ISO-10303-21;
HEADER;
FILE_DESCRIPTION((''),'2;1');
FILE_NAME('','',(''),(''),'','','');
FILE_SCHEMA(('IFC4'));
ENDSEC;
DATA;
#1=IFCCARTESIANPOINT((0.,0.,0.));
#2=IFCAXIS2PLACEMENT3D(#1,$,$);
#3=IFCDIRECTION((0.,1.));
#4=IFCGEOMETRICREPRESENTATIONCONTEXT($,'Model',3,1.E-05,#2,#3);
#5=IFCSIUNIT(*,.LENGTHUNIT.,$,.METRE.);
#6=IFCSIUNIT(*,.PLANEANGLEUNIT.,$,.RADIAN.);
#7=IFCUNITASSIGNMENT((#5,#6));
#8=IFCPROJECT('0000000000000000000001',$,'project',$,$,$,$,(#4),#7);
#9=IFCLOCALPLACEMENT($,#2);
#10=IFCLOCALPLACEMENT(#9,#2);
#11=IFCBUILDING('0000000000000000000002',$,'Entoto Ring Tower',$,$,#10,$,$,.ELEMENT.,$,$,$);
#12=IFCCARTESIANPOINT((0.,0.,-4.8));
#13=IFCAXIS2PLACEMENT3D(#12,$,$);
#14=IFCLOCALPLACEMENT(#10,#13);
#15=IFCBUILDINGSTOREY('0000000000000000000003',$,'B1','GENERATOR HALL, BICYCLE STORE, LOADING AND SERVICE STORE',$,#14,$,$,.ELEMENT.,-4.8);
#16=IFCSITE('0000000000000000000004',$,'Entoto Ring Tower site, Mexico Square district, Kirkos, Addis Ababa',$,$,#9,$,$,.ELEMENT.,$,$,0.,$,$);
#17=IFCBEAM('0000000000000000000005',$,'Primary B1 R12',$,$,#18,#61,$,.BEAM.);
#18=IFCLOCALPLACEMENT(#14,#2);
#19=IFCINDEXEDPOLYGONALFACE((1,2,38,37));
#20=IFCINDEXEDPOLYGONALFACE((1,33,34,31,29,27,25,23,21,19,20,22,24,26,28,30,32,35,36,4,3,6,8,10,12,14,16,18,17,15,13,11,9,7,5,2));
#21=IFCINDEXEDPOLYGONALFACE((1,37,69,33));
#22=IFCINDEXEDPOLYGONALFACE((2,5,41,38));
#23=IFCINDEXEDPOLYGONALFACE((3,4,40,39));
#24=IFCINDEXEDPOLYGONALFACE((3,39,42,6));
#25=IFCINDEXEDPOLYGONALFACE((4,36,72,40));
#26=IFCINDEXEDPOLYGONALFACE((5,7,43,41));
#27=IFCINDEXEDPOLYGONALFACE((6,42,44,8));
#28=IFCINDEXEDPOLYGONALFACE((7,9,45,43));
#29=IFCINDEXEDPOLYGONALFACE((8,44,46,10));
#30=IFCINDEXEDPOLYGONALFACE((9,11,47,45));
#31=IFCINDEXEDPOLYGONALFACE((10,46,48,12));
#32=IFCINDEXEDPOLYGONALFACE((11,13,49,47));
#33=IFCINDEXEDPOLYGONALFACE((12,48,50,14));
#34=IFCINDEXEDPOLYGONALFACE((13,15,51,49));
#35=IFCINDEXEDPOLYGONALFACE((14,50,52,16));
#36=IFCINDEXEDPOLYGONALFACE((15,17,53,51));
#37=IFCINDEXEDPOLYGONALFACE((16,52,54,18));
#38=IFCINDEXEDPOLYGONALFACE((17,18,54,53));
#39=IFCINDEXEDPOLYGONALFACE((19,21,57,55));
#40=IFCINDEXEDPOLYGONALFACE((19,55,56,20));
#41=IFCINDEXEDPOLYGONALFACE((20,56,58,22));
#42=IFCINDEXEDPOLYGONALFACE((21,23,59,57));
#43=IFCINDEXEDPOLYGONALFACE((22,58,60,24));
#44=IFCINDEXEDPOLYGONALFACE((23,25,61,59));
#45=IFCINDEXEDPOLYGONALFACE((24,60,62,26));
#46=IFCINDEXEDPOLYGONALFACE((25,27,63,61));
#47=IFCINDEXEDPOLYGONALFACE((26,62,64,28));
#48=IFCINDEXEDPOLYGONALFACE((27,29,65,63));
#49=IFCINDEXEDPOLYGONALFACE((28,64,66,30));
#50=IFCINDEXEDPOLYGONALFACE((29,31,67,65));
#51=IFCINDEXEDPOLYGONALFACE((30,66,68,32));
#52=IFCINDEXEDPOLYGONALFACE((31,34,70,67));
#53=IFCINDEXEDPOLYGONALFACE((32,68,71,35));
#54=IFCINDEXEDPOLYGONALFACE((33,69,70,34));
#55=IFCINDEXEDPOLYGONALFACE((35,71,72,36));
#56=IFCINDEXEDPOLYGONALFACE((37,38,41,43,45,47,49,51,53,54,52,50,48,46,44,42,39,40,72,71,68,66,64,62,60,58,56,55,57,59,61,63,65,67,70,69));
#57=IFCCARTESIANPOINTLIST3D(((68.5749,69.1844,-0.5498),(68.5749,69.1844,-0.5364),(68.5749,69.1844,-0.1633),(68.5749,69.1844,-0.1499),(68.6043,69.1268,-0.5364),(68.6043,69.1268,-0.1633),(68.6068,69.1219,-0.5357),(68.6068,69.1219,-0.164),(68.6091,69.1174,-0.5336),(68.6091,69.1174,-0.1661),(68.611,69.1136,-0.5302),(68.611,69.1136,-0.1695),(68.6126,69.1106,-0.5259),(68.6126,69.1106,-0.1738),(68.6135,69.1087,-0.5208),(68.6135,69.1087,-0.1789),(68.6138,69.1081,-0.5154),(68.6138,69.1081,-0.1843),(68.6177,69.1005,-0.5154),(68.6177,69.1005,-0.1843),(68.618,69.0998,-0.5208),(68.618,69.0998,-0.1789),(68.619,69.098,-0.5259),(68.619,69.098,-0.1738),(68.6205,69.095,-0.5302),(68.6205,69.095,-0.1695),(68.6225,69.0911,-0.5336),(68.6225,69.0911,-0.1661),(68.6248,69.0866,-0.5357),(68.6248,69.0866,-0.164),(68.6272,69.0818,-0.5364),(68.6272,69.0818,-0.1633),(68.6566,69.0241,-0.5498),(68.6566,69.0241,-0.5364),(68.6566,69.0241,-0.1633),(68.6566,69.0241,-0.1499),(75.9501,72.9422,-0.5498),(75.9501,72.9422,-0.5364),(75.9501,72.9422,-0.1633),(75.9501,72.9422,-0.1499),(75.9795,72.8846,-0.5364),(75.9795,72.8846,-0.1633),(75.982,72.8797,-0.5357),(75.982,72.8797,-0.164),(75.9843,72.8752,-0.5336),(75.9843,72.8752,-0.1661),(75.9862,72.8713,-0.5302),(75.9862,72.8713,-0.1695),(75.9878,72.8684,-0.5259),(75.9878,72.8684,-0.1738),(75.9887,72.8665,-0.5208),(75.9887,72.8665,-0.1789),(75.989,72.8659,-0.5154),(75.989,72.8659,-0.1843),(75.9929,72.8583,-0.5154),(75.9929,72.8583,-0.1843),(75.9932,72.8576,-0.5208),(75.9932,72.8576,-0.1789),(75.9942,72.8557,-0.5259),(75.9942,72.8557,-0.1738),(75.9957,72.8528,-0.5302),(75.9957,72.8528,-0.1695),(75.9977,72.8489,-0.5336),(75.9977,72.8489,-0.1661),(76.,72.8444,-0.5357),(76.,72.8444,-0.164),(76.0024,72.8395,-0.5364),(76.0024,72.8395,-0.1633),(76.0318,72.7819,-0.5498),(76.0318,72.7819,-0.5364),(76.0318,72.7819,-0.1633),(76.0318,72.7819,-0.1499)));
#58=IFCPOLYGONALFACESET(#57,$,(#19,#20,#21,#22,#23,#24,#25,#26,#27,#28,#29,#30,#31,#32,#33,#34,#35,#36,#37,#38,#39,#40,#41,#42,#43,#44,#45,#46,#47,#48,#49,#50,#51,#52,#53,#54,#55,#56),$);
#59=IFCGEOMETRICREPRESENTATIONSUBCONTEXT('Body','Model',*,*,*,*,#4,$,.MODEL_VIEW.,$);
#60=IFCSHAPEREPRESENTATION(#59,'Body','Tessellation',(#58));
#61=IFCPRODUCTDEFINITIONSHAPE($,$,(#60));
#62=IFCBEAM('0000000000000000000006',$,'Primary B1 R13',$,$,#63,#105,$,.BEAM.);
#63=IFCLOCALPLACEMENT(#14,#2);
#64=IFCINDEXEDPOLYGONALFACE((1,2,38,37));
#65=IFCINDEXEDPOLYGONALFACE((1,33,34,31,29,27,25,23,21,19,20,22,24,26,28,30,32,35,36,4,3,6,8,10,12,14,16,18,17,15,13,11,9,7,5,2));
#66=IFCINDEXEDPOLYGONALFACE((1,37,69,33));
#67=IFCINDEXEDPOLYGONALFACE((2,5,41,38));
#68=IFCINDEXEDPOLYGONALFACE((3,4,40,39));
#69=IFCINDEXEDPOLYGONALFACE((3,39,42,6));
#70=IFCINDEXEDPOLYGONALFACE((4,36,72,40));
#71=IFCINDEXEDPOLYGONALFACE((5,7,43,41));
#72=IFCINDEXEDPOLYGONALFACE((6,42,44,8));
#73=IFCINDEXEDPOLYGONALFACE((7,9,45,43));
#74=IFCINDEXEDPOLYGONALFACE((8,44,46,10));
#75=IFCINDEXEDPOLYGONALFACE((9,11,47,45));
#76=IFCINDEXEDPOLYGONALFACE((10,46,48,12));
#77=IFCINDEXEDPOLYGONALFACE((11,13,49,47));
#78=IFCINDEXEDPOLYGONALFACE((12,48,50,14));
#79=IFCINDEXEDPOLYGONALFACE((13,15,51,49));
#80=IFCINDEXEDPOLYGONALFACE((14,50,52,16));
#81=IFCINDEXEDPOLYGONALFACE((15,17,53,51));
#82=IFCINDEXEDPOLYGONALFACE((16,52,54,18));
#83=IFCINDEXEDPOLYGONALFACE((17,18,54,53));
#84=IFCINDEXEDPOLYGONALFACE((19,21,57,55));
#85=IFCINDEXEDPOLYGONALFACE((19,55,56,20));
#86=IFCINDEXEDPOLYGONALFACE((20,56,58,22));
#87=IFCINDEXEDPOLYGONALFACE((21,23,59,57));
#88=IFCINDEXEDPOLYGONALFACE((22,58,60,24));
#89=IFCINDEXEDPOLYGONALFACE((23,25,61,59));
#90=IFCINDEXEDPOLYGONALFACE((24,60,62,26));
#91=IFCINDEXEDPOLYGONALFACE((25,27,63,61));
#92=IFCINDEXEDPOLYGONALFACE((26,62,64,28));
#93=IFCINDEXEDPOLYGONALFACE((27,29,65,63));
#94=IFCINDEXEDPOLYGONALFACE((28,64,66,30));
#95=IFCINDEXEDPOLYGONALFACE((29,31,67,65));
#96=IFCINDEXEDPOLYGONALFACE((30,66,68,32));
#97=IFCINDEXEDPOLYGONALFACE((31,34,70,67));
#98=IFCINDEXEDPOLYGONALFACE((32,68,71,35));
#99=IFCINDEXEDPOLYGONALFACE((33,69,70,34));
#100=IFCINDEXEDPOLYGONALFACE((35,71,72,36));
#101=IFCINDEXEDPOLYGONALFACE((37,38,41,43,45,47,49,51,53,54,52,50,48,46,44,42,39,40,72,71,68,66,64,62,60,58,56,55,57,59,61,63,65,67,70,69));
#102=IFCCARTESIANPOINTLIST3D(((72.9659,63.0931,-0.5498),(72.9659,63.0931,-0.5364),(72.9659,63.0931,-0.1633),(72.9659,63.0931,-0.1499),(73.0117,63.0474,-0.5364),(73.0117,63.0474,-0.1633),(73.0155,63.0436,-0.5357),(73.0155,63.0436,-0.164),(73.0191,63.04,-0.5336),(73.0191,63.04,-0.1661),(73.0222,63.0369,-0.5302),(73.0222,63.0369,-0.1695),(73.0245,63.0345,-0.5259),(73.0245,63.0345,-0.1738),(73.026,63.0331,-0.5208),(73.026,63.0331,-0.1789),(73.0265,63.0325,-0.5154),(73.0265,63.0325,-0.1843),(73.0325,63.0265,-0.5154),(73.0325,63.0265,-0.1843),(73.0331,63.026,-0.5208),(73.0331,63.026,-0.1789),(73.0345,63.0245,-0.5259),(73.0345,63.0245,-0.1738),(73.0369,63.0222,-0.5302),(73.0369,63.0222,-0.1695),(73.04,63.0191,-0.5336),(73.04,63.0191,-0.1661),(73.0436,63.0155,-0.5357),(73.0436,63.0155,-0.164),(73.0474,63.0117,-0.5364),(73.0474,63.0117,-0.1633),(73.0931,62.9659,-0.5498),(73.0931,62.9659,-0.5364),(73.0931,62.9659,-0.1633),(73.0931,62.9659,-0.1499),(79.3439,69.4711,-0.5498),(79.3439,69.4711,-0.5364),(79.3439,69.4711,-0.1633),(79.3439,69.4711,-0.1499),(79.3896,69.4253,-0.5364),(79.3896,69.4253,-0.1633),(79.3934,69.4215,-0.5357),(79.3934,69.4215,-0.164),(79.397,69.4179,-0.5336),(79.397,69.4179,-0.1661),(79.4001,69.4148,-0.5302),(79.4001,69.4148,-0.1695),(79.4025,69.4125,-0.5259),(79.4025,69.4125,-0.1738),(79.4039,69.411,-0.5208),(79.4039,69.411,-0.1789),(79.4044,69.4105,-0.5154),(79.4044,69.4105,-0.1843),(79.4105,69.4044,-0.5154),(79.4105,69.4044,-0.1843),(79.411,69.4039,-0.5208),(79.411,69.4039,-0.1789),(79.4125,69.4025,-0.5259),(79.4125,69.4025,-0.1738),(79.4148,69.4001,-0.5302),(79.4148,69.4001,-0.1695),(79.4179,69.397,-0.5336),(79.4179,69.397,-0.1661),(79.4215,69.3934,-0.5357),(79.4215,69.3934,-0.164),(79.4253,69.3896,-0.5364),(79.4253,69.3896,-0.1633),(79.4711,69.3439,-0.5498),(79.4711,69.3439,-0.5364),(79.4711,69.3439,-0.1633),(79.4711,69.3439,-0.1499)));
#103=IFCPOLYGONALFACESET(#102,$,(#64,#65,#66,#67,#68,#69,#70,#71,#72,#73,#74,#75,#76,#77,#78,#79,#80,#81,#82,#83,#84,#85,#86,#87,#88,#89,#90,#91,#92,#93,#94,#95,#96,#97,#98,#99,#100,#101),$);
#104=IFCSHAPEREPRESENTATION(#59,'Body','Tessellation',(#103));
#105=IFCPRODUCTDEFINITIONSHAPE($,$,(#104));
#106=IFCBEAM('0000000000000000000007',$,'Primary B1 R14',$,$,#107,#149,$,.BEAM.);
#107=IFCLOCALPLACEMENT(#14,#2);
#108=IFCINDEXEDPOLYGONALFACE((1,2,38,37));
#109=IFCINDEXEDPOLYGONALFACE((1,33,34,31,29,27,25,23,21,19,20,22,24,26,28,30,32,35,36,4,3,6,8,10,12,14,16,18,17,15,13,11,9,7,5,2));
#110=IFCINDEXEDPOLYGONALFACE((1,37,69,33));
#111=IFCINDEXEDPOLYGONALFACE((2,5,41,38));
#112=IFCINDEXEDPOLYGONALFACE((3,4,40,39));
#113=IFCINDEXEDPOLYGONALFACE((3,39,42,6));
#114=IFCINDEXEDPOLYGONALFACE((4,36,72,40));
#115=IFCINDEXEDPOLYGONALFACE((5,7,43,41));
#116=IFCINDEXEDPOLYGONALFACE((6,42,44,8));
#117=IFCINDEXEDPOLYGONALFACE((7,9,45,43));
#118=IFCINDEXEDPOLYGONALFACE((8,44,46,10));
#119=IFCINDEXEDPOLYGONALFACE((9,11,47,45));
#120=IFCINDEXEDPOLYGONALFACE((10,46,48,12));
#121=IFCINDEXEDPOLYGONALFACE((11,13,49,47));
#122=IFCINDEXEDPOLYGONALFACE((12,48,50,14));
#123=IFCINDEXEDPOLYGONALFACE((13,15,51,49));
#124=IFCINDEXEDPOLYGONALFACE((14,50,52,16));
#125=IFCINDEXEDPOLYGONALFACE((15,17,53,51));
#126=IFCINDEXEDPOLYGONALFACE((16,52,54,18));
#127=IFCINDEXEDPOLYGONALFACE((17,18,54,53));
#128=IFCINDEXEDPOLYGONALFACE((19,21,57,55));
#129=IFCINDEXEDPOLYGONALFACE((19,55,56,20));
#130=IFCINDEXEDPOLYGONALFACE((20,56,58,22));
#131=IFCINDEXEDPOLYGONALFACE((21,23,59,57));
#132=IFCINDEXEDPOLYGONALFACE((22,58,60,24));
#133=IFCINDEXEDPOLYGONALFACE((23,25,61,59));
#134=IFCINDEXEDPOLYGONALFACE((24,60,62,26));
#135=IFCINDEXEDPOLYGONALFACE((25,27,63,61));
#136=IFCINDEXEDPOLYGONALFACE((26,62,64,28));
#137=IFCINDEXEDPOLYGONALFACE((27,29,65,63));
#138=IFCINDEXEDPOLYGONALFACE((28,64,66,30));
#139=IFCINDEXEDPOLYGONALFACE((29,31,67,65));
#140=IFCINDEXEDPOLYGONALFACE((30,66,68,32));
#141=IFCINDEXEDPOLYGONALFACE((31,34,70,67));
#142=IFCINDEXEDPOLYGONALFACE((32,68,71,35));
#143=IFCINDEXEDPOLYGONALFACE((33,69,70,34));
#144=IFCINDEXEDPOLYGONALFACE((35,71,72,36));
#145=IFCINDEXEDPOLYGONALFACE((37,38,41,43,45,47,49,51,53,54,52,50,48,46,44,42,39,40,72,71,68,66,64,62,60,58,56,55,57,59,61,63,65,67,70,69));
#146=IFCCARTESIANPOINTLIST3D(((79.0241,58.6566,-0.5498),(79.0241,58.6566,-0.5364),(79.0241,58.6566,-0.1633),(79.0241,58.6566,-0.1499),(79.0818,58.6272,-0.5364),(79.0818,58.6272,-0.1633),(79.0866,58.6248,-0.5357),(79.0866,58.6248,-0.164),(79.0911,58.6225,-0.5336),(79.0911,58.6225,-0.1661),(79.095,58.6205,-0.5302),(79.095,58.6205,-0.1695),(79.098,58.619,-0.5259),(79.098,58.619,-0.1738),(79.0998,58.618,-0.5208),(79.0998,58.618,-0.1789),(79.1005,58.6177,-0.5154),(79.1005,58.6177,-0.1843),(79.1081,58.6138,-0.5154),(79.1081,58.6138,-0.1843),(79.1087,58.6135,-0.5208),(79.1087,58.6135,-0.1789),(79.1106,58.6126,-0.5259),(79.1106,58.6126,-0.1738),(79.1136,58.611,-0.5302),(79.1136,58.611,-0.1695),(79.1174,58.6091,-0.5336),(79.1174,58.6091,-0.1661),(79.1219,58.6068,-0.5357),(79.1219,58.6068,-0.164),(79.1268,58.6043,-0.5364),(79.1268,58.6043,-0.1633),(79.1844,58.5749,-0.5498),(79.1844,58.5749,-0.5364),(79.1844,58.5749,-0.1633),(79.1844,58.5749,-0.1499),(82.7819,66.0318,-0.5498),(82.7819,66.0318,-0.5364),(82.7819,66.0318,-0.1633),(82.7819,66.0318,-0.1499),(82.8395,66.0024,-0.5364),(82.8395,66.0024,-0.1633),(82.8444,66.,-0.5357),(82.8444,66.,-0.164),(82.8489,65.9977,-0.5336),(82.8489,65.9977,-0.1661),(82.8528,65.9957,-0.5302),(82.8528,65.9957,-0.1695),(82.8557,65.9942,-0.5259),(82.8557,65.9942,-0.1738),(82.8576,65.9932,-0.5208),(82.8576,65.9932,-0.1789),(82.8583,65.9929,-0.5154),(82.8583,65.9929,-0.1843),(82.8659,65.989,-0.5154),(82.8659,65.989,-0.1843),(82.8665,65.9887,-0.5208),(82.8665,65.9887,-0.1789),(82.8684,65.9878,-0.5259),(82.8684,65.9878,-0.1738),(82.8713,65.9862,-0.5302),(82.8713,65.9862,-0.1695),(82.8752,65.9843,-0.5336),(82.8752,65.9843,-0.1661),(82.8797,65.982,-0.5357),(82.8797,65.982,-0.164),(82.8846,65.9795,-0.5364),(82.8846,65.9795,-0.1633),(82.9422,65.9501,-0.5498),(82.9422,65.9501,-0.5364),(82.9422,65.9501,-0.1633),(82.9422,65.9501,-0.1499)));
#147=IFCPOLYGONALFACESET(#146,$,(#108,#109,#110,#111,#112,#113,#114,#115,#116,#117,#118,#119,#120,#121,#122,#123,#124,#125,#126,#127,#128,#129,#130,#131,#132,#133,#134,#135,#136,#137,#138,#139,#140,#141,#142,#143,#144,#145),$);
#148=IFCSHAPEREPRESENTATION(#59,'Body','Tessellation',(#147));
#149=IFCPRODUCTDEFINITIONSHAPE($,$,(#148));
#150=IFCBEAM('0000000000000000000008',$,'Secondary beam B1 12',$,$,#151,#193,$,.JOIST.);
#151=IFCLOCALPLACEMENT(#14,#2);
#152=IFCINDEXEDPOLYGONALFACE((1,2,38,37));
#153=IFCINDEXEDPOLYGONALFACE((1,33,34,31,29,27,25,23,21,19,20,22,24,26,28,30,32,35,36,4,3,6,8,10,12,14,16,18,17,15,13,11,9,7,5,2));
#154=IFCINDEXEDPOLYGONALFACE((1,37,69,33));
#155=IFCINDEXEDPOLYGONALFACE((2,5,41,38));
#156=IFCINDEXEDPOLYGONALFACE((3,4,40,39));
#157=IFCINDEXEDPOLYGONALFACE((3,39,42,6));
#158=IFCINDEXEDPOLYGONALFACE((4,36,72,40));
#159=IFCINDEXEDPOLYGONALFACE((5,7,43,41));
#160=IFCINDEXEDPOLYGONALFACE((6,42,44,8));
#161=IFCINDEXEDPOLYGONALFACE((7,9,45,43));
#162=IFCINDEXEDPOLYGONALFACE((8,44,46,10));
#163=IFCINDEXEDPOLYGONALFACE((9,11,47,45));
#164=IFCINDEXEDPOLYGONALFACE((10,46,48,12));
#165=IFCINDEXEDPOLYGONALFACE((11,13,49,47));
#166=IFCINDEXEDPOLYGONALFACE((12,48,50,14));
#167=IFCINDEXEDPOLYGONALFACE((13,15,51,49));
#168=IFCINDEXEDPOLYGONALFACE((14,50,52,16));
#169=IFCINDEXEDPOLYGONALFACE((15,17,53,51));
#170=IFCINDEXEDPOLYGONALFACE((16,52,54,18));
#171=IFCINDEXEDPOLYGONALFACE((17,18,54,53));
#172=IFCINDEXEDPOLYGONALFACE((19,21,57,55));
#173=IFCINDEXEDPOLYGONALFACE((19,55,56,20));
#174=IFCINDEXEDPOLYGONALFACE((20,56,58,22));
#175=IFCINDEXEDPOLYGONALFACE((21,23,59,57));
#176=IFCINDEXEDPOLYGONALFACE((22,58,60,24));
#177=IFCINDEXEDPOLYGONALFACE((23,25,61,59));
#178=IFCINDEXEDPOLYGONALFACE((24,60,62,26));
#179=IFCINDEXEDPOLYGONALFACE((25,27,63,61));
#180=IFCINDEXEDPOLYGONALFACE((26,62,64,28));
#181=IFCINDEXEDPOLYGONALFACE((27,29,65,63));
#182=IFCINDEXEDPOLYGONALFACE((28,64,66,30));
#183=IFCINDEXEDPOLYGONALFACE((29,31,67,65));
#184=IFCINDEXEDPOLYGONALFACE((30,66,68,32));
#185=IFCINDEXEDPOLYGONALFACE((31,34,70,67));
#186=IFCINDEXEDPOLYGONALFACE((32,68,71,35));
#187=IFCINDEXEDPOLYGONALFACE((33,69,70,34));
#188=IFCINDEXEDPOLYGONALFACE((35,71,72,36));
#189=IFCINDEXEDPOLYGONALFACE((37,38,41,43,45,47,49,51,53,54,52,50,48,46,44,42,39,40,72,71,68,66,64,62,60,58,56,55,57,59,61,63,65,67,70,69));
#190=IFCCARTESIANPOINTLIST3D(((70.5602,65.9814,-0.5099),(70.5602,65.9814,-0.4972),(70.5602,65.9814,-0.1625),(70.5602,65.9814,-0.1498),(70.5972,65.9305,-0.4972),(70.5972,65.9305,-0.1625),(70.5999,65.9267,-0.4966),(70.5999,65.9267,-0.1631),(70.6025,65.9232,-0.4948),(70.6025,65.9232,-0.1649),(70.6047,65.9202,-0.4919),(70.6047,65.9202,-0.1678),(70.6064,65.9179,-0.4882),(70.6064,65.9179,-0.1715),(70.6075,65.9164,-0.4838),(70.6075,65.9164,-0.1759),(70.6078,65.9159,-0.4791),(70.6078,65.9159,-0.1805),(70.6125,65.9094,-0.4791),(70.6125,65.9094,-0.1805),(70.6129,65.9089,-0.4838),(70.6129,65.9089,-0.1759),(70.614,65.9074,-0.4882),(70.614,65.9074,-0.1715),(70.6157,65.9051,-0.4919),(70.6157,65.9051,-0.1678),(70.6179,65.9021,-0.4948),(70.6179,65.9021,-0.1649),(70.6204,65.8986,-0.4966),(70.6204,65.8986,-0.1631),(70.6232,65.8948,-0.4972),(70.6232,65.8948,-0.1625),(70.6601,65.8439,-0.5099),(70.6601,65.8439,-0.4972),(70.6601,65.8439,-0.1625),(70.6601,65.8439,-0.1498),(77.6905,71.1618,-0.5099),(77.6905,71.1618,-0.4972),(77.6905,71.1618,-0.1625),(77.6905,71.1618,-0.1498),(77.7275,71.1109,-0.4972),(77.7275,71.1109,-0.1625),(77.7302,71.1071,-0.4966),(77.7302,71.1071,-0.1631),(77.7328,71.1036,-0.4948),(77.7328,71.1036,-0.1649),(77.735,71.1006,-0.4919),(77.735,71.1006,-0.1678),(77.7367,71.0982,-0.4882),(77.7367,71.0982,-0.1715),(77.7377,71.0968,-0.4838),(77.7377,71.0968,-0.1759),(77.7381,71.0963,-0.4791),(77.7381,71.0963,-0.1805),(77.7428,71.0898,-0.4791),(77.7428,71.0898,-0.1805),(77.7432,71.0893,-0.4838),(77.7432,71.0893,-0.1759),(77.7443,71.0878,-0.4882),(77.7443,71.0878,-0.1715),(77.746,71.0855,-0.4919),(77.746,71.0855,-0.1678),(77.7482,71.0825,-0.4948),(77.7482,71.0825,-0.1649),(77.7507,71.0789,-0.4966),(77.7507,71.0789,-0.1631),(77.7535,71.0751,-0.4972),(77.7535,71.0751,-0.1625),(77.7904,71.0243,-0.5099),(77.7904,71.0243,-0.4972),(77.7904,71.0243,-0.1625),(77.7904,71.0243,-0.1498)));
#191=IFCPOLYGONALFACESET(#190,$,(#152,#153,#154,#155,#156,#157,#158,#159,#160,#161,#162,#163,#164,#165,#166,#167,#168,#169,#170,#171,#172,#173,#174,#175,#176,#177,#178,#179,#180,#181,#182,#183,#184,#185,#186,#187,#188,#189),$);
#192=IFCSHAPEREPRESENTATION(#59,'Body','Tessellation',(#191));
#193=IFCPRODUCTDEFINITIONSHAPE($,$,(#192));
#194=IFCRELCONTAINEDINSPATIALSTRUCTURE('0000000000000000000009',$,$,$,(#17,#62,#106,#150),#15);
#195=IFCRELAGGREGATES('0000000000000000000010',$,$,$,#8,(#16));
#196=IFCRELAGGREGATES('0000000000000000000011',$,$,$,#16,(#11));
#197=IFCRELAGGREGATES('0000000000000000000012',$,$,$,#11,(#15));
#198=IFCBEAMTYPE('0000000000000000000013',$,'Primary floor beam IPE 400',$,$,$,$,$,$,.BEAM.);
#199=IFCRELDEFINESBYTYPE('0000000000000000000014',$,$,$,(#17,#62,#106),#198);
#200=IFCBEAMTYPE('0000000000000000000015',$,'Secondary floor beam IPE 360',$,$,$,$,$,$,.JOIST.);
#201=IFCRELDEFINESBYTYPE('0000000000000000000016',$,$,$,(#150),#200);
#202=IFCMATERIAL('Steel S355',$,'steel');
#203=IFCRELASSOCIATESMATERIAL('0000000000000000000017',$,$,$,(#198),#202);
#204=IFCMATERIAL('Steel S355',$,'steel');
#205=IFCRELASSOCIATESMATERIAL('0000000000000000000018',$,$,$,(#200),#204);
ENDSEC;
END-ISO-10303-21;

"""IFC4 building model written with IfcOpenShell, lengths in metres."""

from ifc_helpers import new_model, si_unit, direction, frame, origin, origin_2d, place, context, subcontext, project, spatial, i_section, extrude, material, material_profile, profile_set, type_object, element, save


model = new_model("IFC4")

# Units and contexts
model_context = context("Model", 3, precision=1e-05, world=origin(), true_north=direction((0.0, 1.0)))
body_context = subcontext(model_context, "Body", "Model", "MODEL_VIEW")
ifc_project = project(units=[si_unit("LENGTHUNIT", "METRE"), si_unit("PLANEANGLEUNIT", "RADIAN")], contexts=[model_context])

# Site, building, storey
site_placement = place(None, origin())
site = spatial("IfcSite", under=ifc_project, at=site_placement, Name="Entoto Ring Tower site, Mexico Square district, Kirkos, Addis Ababa", CompositionType="ELEMENT", RefElevation=0.0)
building_placement = place(site_placement, origin())
building = spatial("IfcBuilding", under=site, at=building_placement, Name="Entoto Ring Tower", CompositionType="ELEMENT")
storey_placement = place(building_placement, frame((0.0, 0.0, -4.8)))
storey = spatial("IfcBuildingStorey", under=building, at=storey_placement, Name="B1", Description="GENERATOR HALL, BICYCLE STORE, LOADING AND SERVICE STORE", CompositionType="ELEMENT", Elevation=-4.8)

# Beams
ifc_material_1 = material(Name="Steel S355", Category="steel")
ifc_material_profile_1 = material_profile(ifc_material_1, i_section(OverallWidth=0.1799, OverallDepth=0.3999, WebThickness=0.0085, FlangeThickness=0.0134, FilletRadius=0.021, at=origin_2d()), Name="IPE 400")
ifc_profile_set_1 = profile_set([ifc_material_profile_1], Name="Steel S355")
beam_type_1 = type_object("IfcBeamType", Name="Primary floor beam IPE 400", PredefinedType="BEAM", material=ifc_profile_set_1)
beam_1_placement = place(storey_placement, frame((75.991, 72.8621, -0.3499), z_axis=(-0.89101, -0.453985, 0.0), x_axis=(0.453985, -0.89101, 0.0)))
element("IfcBeam", 1, at=beam_1_placement, inside=storey, type_object=beam_type_1, Name="Primary B1 R12", PredefinedType="BEAM", context=body_context, shape_type="SweptSolid", body=[
    extrude(i_section(OverallWidth=0.1799, OverallDepth=0.3999, WebThickness=0.0085, FlangeThickness=0.0134, FilletRadius=0.021, at=origin_2d()), origin(), (0.0, 0.0, 1.0), 8.2773),
])
beam_2_placement = place(storey_placement, frame((79.4075, 69.4075, -0.3499), z_axis=(-0.707107, -0.707107, 0.0), x_axis=(0.707107, -0.707107, 0.0)))
element("IfcBeam", 2, at=beam_2_placement, inside=storey, type_object=beam_type_1, Name="Primary B1 R13", PredefinedType="BEAM", context=body_context, shape_type="SweptSolid", body=[
    extrude(i_section(OverallWidth=0.1799, OverallDepth=0.3999, WebThickness=0.0085, FlangeThickness=0.0134, FilletRadius=0.021, at=origin_2d()), origin(), (0.0, 0.0, 1.0), 9.0198),
])
beam_3_placement = place(storey_placement, frame((82.8621, 65.991, -0.3499), z_axis=(-0.453985, -0.89101, 0.0), x_axis=(0.89101, -0.453985, 0.0)))
element("IfcBeam", 3, at=beam_3_placement, inside=storey, type_object=beam_type_1, Name="Primary B1 R14", PredefinedType="BEAM", context=body_context, shape_type="SweptSolid", body=[
    extrude(i_section(OverallWidth=0.1799, OverallDepth=0.3999, WebThickness=0.0085, FlangeThickness=0.0134, FilletRadius=0.021, at=origin_2d()), origin(), (0.0, 0.0, 1.0), 8.2773),
])
ifc_material_2 = material(Name="Steel S355", Category="steel")
ifc_material_profile_2 = material_profile(ifc_material_2, i_section(OverallWidth=0.1699, OverallDepth=0.3601, WebThickness=0.0081, FlangeThickness=0.0127, FilletRadius=0.0181, at=origin_2d()), Name="IPE 360")
ifc_profile_set_2 = profile_set([ifc_material_profile_2], Name="Steel S355")
beam_type_2 = type_object("IfcBeamType", Name="Secondary floor beam IPE 360", PredefinedType="JOIST", material=ifc_profile_set_2)
for number, where, z_axis, x_axis, name in (
    (4, (77.7405, 71.093, -0.3298), (-0.809022, -0.587778, 0.0), (0.587778, -0.809022, 0.0), "Secondary beam B1 12"),
):
    element("IfcBeam", number, at=place(storey_placement, frame(where, z_axis=z_axis, x_axis=x_axis)), inside=storey, type_object=beam_type_2, Name=name, PredefinedType="JOIST", context=body_context, shape_type="SweptSolid", body=[
        extrude(i_section(OverallWidth=0.1699, OverallDepth=0.3601, WebThickness=0.0081, FlangeThickness=0.0127, FilletRadius=0.0181, at=origin_2d()), origin(), (0.0, 0.0, 1.0), 8.8135),
    ])

save(model, "model.ifc")
